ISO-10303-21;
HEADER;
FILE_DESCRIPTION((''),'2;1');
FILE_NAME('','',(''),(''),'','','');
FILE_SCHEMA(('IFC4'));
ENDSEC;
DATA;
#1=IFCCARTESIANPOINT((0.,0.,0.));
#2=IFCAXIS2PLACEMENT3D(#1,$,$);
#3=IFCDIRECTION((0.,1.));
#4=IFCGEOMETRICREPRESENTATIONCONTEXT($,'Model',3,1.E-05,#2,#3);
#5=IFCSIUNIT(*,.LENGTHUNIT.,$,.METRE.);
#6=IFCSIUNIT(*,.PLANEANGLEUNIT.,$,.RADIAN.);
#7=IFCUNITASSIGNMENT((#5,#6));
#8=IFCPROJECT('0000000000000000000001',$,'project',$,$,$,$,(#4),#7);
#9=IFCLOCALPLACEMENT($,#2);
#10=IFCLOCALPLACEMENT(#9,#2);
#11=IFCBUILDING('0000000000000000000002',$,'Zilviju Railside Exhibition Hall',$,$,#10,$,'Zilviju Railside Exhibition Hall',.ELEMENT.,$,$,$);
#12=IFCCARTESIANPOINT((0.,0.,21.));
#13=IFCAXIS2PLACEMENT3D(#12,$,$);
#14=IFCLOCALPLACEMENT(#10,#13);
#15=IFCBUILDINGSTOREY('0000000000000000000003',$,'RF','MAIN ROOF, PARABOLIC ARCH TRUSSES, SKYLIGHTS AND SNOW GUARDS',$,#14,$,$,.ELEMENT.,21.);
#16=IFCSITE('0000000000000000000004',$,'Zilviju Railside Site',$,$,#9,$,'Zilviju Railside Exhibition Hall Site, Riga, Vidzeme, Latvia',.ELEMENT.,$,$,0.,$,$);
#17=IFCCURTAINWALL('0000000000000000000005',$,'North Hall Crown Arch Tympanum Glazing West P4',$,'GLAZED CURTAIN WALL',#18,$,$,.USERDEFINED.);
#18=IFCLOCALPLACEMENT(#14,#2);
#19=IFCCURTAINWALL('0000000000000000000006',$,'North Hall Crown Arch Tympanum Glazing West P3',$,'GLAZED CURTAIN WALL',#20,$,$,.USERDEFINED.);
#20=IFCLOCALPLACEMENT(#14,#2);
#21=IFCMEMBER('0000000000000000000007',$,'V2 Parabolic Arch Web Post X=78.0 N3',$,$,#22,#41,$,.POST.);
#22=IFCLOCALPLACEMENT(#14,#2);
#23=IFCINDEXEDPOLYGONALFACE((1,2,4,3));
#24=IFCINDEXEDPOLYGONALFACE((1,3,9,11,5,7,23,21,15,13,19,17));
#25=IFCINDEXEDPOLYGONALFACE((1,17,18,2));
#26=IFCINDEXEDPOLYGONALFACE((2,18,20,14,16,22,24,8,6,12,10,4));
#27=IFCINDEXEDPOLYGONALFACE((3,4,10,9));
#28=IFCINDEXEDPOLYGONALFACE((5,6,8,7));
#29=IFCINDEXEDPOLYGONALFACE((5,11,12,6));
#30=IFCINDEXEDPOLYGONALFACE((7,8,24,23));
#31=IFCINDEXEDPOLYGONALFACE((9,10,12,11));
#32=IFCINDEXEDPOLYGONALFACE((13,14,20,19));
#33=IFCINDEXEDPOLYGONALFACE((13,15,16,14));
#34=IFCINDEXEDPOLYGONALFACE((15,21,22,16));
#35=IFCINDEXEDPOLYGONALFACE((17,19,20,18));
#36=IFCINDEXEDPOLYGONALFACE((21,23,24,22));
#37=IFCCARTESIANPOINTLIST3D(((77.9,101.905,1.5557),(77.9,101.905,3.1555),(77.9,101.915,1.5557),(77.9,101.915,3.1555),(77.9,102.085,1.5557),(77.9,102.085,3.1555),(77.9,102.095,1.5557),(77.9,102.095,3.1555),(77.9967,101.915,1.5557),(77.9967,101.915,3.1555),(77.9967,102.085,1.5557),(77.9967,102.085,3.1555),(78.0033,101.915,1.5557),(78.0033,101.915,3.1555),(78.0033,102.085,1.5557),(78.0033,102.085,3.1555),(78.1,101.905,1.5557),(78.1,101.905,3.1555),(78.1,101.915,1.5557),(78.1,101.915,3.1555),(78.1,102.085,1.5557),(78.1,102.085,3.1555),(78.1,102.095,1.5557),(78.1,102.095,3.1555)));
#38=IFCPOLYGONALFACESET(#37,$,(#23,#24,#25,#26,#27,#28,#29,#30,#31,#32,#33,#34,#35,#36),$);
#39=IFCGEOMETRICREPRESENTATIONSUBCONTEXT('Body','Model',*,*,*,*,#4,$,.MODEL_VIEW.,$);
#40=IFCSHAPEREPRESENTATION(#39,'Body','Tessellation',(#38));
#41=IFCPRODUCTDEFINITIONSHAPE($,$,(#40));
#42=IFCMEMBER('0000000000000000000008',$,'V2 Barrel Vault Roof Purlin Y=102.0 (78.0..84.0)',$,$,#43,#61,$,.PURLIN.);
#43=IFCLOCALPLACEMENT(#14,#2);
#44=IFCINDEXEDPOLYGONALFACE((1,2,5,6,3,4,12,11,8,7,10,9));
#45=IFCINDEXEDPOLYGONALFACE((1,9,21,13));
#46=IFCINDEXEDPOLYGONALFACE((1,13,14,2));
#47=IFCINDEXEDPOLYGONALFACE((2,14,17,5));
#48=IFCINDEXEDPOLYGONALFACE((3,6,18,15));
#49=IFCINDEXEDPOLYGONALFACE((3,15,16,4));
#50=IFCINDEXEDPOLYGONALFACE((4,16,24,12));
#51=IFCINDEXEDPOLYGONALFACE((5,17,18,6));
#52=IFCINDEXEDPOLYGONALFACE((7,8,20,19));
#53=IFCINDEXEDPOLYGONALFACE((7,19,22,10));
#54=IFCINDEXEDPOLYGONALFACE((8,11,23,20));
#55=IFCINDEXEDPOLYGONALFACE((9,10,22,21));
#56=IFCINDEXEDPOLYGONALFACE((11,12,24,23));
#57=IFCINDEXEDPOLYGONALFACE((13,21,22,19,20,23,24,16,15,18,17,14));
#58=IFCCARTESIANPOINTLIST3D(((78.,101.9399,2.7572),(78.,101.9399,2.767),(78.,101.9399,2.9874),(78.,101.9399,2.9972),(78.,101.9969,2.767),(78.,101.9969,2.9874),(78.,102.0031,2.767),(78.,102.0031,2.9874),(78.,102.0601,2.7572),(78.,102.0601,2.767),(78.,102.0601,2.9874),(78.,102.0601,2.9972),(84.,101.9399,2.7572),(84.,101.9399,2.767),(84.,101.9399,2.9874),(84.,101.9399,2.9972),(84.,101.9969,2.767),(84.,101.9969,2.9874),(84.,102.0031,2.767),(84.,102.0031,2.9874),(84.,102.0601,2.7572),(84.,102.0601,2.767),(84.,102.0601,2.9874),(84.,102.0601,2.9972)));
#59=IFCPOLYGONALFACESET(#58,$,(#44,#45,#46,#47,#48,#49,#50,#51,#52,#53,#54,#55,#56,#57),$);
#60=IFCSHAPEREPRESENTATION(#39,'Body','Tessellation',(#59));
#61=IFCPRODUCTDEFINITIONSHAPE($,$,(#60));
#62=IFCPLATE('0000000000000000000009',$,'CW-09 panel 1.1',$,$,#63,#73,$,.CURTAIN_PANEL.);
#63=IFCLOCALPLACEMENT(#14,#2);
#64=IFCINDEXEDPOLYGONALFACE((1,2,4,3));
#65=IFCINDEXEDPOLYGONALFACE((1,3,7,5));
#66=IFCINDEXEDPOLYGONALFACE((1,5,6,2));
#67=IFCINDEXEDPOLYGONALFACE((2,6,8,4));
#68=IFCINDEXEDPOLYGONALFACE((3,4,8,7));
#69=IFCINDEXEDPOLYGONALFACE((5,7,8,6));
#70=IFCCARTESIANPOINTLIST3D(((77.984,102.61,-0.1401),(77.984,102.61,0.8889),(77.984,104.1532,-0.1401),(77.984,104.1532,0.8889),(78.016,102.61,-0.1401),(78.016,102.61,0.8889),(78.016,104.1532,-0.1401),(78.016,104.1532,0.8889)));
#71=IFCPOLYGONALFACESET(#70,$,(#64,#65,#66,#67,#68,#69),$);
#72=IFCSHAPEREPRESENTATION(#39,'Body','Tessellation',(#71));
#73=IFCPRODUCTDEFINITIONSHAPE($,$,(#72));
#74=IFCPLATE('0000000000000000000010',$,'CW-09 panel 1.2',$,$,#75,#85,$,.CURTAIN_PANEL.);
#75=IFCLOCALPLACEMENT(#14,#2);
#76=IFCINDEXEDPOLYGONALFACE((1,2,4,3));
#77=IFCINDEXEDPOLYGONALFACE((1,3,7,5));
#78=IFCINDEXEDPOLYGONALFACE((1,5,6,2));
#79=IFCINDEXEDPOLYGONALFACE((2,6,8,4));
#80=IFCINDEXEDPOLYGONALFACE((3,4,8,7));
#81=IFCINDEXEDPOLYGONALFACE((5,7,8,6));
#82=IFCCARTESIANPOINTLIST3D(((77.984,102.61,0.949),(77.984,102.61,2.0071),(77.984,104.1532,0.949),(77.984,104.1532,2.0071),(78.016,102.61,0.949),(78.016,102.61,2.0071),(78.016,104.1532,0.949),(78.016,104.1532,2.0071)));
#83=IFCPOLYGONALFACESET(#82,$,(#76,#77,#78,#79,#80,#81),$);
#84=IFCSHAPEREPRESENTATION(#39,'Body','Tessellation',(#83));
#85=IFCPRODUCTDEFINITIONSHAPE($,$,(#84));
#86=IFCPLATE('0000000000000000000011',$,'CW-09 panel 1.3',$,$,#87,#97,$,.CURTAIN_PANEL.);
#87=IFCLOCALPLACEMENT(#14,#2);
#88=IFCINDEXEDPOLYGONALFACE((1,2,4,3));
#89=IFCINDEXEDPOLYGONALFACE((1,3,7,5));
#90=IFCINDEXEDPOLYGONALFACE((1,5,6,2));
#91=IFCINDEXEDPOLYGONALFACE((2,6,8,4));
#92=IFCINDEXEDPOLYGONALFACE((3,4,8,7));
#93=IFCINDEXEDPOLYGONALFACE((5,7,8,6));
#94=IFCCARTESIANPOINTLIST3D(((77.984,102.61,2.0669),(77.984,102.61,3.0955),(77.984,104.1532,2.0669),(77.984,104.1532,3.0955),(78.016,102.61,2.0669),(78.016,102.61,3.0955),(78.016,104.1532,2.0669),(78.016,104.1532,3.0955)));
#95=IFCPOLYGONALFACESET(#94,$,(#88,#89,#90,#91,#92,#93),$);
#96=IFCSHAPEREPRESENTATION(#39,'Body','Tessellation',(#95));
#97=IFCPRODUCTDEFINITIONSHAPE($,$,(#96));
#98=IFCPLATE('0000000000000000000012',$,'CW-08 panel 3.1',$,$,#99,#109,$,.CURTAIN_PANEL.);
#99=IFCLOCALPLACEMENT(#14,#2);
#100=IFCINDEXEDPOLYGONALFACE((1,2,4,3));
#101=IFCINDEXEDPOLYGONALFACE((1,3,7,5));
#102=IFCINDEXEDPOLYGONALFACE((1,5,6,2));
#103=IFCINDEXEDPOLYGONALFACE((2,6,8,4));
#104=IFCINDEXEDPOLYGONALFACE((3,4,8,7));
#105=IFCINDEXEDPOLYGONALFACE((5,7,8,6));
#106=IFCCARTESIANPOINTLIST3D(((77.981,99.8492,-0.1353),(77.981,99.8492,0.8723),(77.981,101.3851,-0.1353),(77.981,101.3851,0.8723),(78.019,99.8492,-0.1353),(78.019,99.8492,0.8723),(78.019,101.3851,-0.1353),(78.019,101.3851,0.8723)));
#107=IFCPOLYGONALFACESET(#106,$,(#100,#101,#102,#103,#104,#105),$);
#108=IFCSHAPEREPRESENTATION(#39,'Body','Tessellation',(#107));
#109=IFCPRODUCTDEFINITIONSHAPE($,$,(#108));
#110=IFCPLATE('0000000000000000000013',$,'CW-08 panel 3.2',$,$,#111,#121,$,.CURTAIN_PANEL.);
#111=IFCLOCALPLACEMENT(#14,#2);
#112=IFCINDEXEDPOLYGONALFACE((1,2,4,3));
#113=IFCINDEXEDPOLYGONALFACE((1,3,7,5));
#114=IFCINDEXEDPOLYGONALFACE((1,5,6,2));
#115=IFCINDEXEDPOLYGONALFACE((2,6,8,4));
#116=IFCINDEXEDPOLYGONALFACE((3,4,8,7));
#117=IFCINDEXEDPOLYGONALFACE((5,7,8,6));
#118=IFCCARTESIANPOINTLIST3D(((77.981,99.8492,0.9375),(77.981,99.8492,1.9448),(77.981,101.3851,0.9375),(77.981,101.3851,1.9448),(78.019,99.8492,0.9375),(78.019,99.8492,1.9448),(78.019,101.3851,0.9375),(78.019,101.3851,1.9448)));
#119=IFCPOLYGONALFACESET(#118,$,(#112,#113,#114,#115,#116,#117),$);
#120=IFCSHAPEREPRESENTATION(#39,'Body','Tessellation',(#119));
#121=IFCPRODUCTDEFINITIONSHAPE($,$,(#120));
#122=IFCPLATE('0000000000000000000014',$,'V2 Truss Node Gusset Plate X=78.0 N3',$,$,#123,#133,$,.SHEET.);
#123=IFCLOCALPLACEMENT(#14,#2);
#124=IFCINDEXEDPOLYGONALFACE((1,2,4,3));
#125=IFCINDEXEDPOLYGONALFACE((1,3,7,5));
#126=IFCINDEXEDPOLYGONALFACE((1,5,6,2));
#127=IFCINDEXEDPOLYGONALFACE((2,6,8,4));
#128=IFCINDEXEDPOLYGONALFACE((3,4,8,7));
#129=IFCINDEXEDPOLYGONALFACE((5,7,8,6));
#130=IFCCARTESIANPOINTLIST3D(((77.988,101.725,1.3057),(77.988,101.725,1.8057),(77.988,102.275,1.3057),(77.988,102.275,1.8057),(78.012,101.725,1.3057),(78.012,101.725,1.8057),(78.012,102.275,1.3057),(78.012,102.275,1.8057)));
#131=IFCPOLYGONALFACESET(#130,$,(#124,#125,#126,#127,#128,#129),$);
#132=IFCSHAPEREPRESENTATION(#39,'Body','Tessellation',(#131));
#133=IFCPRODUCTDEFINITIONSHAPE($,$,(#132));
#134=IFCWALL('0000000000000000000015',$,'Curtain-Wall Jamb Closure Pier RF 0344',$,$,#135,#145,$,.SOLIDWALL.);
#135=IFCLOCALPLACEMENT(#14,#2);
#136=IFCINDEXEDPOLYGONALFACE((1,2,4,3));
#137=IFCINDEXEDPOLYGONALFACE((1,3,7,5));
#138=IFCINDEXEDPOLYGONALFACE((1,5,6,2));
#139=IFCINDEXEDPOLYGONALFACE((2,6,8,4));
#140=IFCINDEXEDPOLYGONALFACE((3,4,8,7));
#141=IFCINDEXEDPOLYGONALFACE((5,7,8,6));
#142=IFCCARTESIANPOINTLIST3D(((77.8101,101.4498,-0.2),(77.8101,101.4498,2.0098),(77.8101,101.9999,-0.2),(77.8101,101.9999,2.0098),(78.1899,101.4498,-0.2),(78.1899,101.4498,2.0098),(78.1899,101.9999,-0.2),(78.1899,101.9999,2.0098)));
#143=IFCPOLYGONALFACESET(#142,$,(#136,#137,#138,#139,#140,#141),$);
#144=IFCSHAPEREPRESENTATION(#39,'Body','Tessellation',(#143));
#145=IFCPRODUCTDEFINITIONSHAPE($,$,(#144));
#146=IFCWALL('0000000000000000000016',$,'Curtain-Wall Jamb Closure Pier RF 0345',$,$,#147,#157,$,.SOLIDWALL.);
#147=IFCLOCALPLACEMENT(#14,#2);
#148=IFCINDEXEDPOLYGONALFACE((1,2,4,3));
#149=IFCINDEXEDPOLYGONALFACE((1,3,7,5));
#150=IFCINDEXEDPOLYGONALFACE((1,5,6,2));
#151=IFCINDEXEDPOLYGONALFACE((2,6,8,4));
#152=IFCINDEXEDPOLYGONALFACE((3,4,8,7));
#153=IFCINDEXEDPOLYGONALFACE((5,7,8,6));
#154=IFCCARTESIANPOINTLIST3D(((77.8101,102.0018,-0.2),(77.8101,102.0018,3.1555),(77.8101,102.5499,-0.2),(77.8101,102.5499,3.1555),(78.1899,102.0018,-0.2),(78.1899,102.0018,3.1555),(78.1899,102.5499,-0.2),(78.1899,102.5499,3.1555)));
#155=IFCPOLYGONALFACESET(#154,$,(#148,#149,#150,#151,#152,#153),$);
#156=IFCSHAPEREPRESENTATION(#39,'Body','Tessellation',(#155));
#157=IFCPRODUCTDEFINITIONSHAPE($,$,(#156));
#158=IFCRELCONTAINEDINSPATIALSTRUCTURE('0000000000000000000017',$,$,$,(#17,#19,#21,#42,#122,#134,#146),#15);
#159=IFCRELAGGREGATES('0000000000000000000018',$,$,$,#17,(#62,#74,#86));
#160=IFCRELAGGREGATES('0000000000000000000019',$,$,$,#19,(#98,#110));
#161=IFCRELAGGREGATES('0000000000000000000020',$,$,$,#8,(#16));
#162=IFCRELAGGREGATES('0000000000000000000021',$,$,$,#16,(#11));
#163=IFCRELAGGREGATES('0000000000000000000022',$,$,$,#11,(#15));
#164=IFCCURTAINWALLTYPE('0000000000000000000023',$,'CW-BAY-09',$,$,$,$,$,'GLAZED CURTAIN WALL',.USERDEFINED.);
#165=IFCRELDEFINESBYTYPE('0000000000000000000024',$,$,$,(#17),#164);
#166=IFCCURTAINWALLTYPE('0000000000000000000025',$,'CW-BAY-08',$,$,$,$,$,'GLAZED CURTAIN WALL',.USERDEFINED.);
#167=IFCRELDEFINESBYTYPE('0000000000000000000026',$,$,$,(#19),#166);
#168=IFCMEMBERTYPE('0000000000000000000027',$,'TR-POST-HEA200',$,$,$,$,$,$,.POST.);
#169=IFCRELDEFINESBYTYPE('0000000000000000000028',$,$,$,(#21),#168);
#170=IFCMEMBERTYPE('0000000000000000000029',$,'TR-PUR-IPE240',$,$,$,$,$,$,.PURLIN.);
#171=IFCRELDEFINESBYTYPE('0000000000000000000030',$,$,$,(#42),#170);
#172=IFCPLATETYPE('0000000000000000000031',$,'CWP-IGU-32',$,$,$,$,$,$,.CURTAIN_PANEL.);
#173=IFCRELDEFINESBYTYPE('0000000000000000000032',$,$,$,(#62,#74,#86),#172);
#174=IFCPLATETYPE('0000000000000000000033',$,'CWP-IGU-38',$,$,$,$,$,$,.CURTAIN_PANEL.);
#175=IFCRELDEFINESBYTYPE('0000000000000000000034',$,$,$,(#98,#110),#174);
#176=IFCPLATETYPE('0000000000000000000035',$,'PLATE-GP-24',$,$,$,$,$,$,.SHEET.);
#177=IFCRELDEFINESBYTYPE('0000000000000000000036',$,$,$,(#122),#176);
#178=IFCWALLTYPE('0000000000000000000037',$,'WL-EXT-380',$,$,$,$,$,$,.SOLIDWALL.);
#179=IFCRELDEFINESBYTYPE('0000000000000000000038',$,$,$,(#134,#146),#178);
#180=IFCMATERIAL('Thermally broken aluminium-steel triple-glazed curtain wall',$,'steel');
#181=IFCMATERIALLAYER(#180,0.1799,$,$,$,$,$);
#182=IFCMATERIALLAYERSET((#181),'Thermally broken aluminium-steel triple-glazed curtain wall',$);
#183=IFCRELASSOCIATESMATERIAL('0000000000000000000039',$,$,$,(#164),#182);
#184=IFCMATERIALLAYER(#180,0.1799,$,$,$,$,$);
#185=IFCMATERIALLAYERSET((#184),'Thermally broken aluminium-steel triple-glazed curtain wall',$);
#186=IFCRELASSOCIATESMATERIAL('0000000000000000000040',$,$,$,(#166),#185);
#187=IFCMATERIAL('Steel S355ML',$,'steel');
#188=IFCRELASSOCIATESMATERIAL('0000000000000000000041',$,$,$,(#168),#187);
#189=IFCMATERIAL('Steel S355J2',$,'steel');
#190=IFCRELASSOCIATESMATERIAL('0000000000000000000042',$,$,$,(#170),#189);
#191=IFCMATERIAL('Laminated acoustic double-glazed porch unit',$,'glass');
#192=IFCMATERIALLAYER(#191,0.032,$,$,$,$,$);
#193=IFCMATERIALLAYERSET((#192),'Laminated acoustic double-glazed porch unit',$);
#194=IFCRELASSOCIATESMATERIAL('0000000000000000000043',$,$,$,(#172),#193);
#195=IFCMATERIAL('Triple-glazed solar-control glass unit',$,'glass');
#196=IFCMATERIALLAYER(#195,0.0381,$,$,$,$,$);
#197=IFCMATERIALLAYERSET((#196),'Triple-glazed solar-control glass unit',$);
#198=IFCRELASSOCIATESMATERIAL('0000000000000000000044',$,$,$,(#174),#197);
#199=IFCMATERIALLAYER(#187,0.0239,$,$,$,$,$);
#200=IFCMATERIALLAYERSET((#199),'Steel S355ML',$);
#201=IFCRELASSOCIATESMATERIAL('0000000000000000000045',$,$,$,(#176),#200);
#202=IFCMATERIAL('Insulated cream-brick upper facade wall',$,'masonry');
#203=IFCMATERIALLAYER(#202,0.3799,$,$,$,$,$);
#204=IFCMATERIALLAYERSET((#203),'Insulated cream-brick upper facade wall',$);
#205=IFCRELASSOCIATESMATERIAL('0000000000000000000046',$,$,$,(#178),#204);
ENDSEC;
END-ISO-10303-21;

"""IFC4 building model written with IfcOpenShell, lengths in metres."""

from ifc_helpers import new_model, si_unit, direction, frame, frame_2d, origin, origin_2d, place, context, subcontext, project, spatial, rectangle, i_section, extrude, material, layer, layer_set, material_profile, profile_set, type_object, element, aggregate, save


model = new_model("IFC4")

# Units and contexts
model_context = context("Model", 3, precision=1e-05, world=origin(), true_north=direction((0.0, 1.0)))
body_context = subcontext(model_context, "Body", "Model", "MODEL_VIEW")
ifc_project = project(units=[si_unit("LENGTHUNIT", "METRE"), si_unit("PLANEANGLEUNIT", "RADIAN")], contexts=[model_context])

# Site, building, storey
site_placement = place(None, origin())
site = spatial("IfcSite", under=ifc_project, at=site_placement, Name="Zilviju Railside Site", LongName="Zilviju Railside Exhibition Hall Site, Riga, Vidzeme, Latvia", CompositionType="ELEMENT", RefElevation=0.0)
building_placement = place(site_placement, origin())
building = spatial("IfcBuilding", under=site, at=building_placement, Name="Zilviju Railside Exhibition Hall", LongName="Zilviju Railside Exhibition Hall", CompositionType="ELEMENT")
storey_placement = place(building_placement, frame((0.0, 0.0, 21.0)))
storey = spatial("IfcBuildingStorey", under=building, at=storey_placement, Name="RF", Description="MAIN ROOF, PARABOLIC ARCH TRUSSES, SKYLIGHTS AND SNOW GUARDS", CompositionType="ELEMENT", Elevation=21.0)

# Curtain walls
ifc_material_1 = material(Name="Thermally broken aluminium-steel triple-glazed curtain wall", Category="steel")
ifc_layer_1 = layer(ifc_material_1, 0.1799)
ifc_layer_set_1 = layer_set([ifc_layer_1], Name="Thermally broken aluminium-steel triple-glazed curtain wall")
curtain_wall_type_1 = type_object("IfcCurtainWallType", Name="CW-BAY-09", ElementType="GLAZED CURTAIN WALL", PredefinedType="USERDEFINED", material=ifc_layer_set_1)
curtain_wall_1_placement = place(storey_placement, origin())
curtain_wall_1 = element("IfcCurtainWall", 1, at=curtain_wall_1_placement, inside=storey, type_object=curtain_wall_type_1, Name="North Hall Crown Arch Tympanum Glazing West P4", ObjectType="GLAZED CURTAIN WALL", PredefinedType="USERDEFINED")
ifc_layer_2 = layer(ifc_material_1, 0.1799)
ifc_layer_set_2 = layer_set([ifc_layer_2], Name="Thermally broken aluminium-steel triple-glazed curtain wall")
curtain_wall_type_2 = type_object("IfcCurtainWallType", Name="CW-BAY-08", ElementType="GLAZED CURTAIN WALL", PredefinedType="USERDEFINED", material=ifc_layer_set_2)
curtain_wall_2_placement = place(storey_placement, origin())
curtain_wall_2 = element("IfcCurtainWall", 2, at=curtain_wall_2_placement, inside=storey, type_object=curtain_wall_type_2, Name="North Hall Crown Arch Tympanum Glazing West P3", ObjectType="GLAZED CURTAIN WALL", PredefinedType="USERDEFINED")

# Members
ifc_material_2 = material(Name="Steel S355ML", Category="steel")
ifc_material_3 = material(Name="Steel S355J2", Category="steel")
ifc_material_profile_1 = material_profile(ifc_material_2, i_section(OverallWidth=0.2, OverallDepth=0.1899, WebThickness=0.0066, FlangeThickness=0.01, at=origin_2d()), Name="HEA 200")
ifc_profile_set_1 = profile_set([ifc_material_profile_1], Name="Steel S355ML")
member_type_1 = type_object("IfcMemberType", Name="TR-POST-HEA200", PredefinedType="POST", material=ifc_profile_set_1)
member_1_placement = place(storey_placement, frame((78.0, 102.0, 1.5557), z_axis=(0.0, 0.0, 1.0), x_axis=(1.0, 0.0, 0.0)))
element("IfcMember", 3, at=member_1_placement, inside=storey, type_object=member_type_1, Name="V2 Parabolic Arch Web Post X=78.0 N3", PredefinedType="POST", context=body_context, shape_type="SweptSolid", body=[
    extrude(i_section(OverallWidth=0.2, OverallDepth=0.1899, WebThickness=0.0066, FlangeThickness=0.01, at=origin_2d()), origin(), (0.0, 0.0, 1.0), 1.5999),
])
ifc_material_profile_2 = material_profile(ifc_material_3, i_section(OverallWidth=0.1201, OverallDepth=0.24, WebThickness=0.0061, FlangeThickness=0.0098, at=origin_2d()), Name="IPE 240")
ifc_profile_set_2 = profile_set([ifc_material_profile_2], Name="Steel S355J2")
member_type_2 = type_object("IfcMemberType", Name="TR-PUR-IPE240", PredefinedType="PURLIN", material=ifc_profile_set_2)
member_2_placement = place(storey_placement, frame((78.0, 102.0, 2.8772), z_axis=(1.0, 0.0, 0.0), x_axis=(0.0, 1.0, 0.0)))
element("IfcMember", 4, at=member_2_placement, inside=storey, type_object=member_type_2, Name="V2 Barrel Vault Roof Purlin Y=102.0 (78.0..84.0)", PredefinedType="PURLIN", context=body_context, shape_type="SweptSolid", body=[
    extrude(i_section(OverallWidth=0.1201, OverallDepth=0.24, WebThickness=0.0061, FlangeThickness=0.0098, at=origin_2d()), origin(), (0.0, 0.0, 1.0), 6.0),
])

# Plates
ifc_material_4 = material(Name="Laminated acoustic double-glazed porch unit", Category="glass")
ifc_layer_3 = layer(ifc_material_4, 0.032)
ifc_layer_set_3 = layer_set([ifc_layer_3], Name="Laminated acoustic double-glazed porch unit")
plate_type_1 = type_object("IfcPlateType", Name="CWP-IGU-32", PredefinedType="CURTAIN_PANEL", material=ifc_layer_set_3)
plate_1_placement = place(storey_placement, frame((78.0, 103.3816, -0.1401), z_axis=(0.0, 0.0, 1.0), x_axis=(0.0, 1.0, 0.0)))
plate_1 = element("IfcPlate", 5, at=plate_1_placement, type_object=plate_type_1, Name="CW-09 panel 1.1", PredefinedType="CURTAIN_PANEL", context=body_context, shape_type="SweptSolid", body=[
    extrude(rectangle(XDim=1.5432, YDim=0.032, at=origin_2d()), origin(), (0.0, 0.0, 1.0), 1.0291),
])
plate_2_placement = place(storey_placement, frame((78.0, 103.3816, 0.949), z_axis=(0.0, 0.0, 1.0), x_axis=(0.0, 1.0, 0.0)))
plate_2 = element("IfcPlate", 6, at=plate_2_placement, type_object=plate_type_1, Name="CW-09 panel 1.2", PredefinedType="CURTAIN_PANEL", context=body_context, shape_type="SweptSolid", body=[
    extrude(rectangle(XDim=1.5432, YDim=0.032, at=origin_2d()), origin(), (0.0, 0.0, 1.0), 1.0581),
])
plate_3_placement = place(storey_placement, frame((78.0, 103.3816, 2.0669), z_axis=(0.0, 0.0, 1.0), x_axis=(0.0, 1.0, 0.0)))
plate_3 = element("IfcPlate", 7, at=plate_3_placement, type_object=plate_type_1, Name="CW-09 panel 1.3", PredefinedType="CURTAIN_PANEL", context=body_context, shape_type="SweptSolid", body=[
    extrude(rectangle(XDim=1.5432, YDim=0.032, at=origin_2d()), origin(), (0.0, 0.0, 1.0), 1.0286),
])
aggregate(curtain_wall_1, [plate_1, plate_2, plate_3])
ifc_material_5 = material(Name="Triple-glazed solar-control glass unit", Category="glass")
ifc_layer_4 = layer(ifc_material_5, 0.0381)
ifc_layer_set_4 = layer_set([ifc_layer_4], Name="Triple-glazed solar-control glass unit")
plate_type_2 = type_object("IfcPlateType", Name="CWP-IGU-38", PredefinedType="CURTAIN_PANEL", material=ifc_layer_set_4)
plate_4_placement = place(storey_placement, frame((78.0, 100.6172, -0.1353), z_axis=(0.0, 0.0, 1.0), x_axis=(0.0, 1.0, 0.0)))
plate_4 = element("IfcPlate", 8, at=plate_4_placement, type_object=plate_type_2, Name="CW-08 panel 3.1", PredefinedType="CURTAIN_PANEL", context=body_context, shape_type="SweptSolid", body=[
    extrude(rectangle(XDim=1.5359, YDim=0.0381, at=origin_2d()), origin(), (0.0, 0.0, 1.0), 1.0076),
])
plate_5_placement = place(storey_placement, frame((78.0, 100.6172, 0.9375), z_axis=(0.0, 0.0, 1.0), x_axis=(0.0, 1.0, 0.0)))
plate_5 = element("IfcPlate", 9, at=plate_5_placement, type_object=plate_type_2, Name="CW-08 panel 3.2", PredefinedType="CURTAIN_PANEL", context=body_context, shape_type="SweptSolid", body=[
    extrude(rectangle(XDim=1.5359, YDim=0.0381, at=origin_2d()), origin(), (0.0, 0.0, 1.0), 1.0073),
])
aggregate(curtain_wall_2, [plate_4, plate_5])
ifc_layer_5 = layer(ifc_material_2, 0.0239)
ifc_layer_set_5 = layer_set([ifc_layer_5], Name="Steel S355ML")
plate_type_3 = type_object("IfcPlateType", Name="PLATE-GP-24", PredefinedType="SHEET", material=ifc_layer_set_5)
plate_6_placement = place(storey_placement, frame((78.0, 102.0, 1.3057), z_axis=(0.0, 0.0, 1.0), x_axis=(1.0, 0.0, 0.0)))
element("IfcPlate", 10, at=plate_6_placement, inside=storey, type_object=plate_type_3, Name="V2 Truss Node Gusset Plate X=78.0 N3", PredefinedType="SHEET", context=body_context, shape_type="SweptSolid", body=[
    extrude(rectangle(XDim=0.0239, YDim=0.55, at=origin_2d()), origin(), (0.0, 0.0, 1.0), 0.5),
])

# Walls
ifc_material_6 = material(Name="Insulated cream-brick upper facade wall", Category="masonry")
ifc_layer_6 = layer(ifc_material_6, 0.3799)
ifc_layer_set_6 = layer_set([ifc_layer_6], Name="Insulated cream-brick upper facade wall")
wall_type = type_object("IfcWallType", Name="WL-EXT-380", PredefinedType="SOLIDWALL", material=ifc_layer_set_6)
wall_1_placement = place(storey_placement, frame((78.0, 101.45, -0.2), z_axis=(0.0, 0.0, 1.0), x_axis=(0.0, 1.0, 0.0)))
element("IfcWall", 11, at=wall_1_placement, inside=storey, type_object=wall_type, Name="Curtain-Wall Jamb Closure Pier RF 0344", PredefinedType="SOLIDWALL", context=body_context, shape_type="SweptSolid", body=[
    extrude(rectangle(XDim=0.55, YDim=0.3799, at=frame_2d((0.2749, 0.0))), origin(), (0.0, 0.0, 1.0), 2.2097),
])
wall_2_placement = place(storey_placement, frame((78.0, 102.002, -0.2), z_axis=(0.0, 0.0, 1.0), x_axis=(0.0, 1.0, 0.0)))
element("IfcWall", 12, at=wall_2_placement, inside=storey, type_object=wall_type, Name="Curtain-Wall Jamb Closure Pier RF 0345", PredefinedType="SOLIDWALL", context=body_context, shape_type="SweptSolid", body=[
    extrude(rectangle(XDim=0.5481, YDim=0.3799, at=frame_2d((0.2739, 0.0))), origin(), (0.0, 0.0, 1.0), 3.3555),
])

save(model, "model.ifc")
